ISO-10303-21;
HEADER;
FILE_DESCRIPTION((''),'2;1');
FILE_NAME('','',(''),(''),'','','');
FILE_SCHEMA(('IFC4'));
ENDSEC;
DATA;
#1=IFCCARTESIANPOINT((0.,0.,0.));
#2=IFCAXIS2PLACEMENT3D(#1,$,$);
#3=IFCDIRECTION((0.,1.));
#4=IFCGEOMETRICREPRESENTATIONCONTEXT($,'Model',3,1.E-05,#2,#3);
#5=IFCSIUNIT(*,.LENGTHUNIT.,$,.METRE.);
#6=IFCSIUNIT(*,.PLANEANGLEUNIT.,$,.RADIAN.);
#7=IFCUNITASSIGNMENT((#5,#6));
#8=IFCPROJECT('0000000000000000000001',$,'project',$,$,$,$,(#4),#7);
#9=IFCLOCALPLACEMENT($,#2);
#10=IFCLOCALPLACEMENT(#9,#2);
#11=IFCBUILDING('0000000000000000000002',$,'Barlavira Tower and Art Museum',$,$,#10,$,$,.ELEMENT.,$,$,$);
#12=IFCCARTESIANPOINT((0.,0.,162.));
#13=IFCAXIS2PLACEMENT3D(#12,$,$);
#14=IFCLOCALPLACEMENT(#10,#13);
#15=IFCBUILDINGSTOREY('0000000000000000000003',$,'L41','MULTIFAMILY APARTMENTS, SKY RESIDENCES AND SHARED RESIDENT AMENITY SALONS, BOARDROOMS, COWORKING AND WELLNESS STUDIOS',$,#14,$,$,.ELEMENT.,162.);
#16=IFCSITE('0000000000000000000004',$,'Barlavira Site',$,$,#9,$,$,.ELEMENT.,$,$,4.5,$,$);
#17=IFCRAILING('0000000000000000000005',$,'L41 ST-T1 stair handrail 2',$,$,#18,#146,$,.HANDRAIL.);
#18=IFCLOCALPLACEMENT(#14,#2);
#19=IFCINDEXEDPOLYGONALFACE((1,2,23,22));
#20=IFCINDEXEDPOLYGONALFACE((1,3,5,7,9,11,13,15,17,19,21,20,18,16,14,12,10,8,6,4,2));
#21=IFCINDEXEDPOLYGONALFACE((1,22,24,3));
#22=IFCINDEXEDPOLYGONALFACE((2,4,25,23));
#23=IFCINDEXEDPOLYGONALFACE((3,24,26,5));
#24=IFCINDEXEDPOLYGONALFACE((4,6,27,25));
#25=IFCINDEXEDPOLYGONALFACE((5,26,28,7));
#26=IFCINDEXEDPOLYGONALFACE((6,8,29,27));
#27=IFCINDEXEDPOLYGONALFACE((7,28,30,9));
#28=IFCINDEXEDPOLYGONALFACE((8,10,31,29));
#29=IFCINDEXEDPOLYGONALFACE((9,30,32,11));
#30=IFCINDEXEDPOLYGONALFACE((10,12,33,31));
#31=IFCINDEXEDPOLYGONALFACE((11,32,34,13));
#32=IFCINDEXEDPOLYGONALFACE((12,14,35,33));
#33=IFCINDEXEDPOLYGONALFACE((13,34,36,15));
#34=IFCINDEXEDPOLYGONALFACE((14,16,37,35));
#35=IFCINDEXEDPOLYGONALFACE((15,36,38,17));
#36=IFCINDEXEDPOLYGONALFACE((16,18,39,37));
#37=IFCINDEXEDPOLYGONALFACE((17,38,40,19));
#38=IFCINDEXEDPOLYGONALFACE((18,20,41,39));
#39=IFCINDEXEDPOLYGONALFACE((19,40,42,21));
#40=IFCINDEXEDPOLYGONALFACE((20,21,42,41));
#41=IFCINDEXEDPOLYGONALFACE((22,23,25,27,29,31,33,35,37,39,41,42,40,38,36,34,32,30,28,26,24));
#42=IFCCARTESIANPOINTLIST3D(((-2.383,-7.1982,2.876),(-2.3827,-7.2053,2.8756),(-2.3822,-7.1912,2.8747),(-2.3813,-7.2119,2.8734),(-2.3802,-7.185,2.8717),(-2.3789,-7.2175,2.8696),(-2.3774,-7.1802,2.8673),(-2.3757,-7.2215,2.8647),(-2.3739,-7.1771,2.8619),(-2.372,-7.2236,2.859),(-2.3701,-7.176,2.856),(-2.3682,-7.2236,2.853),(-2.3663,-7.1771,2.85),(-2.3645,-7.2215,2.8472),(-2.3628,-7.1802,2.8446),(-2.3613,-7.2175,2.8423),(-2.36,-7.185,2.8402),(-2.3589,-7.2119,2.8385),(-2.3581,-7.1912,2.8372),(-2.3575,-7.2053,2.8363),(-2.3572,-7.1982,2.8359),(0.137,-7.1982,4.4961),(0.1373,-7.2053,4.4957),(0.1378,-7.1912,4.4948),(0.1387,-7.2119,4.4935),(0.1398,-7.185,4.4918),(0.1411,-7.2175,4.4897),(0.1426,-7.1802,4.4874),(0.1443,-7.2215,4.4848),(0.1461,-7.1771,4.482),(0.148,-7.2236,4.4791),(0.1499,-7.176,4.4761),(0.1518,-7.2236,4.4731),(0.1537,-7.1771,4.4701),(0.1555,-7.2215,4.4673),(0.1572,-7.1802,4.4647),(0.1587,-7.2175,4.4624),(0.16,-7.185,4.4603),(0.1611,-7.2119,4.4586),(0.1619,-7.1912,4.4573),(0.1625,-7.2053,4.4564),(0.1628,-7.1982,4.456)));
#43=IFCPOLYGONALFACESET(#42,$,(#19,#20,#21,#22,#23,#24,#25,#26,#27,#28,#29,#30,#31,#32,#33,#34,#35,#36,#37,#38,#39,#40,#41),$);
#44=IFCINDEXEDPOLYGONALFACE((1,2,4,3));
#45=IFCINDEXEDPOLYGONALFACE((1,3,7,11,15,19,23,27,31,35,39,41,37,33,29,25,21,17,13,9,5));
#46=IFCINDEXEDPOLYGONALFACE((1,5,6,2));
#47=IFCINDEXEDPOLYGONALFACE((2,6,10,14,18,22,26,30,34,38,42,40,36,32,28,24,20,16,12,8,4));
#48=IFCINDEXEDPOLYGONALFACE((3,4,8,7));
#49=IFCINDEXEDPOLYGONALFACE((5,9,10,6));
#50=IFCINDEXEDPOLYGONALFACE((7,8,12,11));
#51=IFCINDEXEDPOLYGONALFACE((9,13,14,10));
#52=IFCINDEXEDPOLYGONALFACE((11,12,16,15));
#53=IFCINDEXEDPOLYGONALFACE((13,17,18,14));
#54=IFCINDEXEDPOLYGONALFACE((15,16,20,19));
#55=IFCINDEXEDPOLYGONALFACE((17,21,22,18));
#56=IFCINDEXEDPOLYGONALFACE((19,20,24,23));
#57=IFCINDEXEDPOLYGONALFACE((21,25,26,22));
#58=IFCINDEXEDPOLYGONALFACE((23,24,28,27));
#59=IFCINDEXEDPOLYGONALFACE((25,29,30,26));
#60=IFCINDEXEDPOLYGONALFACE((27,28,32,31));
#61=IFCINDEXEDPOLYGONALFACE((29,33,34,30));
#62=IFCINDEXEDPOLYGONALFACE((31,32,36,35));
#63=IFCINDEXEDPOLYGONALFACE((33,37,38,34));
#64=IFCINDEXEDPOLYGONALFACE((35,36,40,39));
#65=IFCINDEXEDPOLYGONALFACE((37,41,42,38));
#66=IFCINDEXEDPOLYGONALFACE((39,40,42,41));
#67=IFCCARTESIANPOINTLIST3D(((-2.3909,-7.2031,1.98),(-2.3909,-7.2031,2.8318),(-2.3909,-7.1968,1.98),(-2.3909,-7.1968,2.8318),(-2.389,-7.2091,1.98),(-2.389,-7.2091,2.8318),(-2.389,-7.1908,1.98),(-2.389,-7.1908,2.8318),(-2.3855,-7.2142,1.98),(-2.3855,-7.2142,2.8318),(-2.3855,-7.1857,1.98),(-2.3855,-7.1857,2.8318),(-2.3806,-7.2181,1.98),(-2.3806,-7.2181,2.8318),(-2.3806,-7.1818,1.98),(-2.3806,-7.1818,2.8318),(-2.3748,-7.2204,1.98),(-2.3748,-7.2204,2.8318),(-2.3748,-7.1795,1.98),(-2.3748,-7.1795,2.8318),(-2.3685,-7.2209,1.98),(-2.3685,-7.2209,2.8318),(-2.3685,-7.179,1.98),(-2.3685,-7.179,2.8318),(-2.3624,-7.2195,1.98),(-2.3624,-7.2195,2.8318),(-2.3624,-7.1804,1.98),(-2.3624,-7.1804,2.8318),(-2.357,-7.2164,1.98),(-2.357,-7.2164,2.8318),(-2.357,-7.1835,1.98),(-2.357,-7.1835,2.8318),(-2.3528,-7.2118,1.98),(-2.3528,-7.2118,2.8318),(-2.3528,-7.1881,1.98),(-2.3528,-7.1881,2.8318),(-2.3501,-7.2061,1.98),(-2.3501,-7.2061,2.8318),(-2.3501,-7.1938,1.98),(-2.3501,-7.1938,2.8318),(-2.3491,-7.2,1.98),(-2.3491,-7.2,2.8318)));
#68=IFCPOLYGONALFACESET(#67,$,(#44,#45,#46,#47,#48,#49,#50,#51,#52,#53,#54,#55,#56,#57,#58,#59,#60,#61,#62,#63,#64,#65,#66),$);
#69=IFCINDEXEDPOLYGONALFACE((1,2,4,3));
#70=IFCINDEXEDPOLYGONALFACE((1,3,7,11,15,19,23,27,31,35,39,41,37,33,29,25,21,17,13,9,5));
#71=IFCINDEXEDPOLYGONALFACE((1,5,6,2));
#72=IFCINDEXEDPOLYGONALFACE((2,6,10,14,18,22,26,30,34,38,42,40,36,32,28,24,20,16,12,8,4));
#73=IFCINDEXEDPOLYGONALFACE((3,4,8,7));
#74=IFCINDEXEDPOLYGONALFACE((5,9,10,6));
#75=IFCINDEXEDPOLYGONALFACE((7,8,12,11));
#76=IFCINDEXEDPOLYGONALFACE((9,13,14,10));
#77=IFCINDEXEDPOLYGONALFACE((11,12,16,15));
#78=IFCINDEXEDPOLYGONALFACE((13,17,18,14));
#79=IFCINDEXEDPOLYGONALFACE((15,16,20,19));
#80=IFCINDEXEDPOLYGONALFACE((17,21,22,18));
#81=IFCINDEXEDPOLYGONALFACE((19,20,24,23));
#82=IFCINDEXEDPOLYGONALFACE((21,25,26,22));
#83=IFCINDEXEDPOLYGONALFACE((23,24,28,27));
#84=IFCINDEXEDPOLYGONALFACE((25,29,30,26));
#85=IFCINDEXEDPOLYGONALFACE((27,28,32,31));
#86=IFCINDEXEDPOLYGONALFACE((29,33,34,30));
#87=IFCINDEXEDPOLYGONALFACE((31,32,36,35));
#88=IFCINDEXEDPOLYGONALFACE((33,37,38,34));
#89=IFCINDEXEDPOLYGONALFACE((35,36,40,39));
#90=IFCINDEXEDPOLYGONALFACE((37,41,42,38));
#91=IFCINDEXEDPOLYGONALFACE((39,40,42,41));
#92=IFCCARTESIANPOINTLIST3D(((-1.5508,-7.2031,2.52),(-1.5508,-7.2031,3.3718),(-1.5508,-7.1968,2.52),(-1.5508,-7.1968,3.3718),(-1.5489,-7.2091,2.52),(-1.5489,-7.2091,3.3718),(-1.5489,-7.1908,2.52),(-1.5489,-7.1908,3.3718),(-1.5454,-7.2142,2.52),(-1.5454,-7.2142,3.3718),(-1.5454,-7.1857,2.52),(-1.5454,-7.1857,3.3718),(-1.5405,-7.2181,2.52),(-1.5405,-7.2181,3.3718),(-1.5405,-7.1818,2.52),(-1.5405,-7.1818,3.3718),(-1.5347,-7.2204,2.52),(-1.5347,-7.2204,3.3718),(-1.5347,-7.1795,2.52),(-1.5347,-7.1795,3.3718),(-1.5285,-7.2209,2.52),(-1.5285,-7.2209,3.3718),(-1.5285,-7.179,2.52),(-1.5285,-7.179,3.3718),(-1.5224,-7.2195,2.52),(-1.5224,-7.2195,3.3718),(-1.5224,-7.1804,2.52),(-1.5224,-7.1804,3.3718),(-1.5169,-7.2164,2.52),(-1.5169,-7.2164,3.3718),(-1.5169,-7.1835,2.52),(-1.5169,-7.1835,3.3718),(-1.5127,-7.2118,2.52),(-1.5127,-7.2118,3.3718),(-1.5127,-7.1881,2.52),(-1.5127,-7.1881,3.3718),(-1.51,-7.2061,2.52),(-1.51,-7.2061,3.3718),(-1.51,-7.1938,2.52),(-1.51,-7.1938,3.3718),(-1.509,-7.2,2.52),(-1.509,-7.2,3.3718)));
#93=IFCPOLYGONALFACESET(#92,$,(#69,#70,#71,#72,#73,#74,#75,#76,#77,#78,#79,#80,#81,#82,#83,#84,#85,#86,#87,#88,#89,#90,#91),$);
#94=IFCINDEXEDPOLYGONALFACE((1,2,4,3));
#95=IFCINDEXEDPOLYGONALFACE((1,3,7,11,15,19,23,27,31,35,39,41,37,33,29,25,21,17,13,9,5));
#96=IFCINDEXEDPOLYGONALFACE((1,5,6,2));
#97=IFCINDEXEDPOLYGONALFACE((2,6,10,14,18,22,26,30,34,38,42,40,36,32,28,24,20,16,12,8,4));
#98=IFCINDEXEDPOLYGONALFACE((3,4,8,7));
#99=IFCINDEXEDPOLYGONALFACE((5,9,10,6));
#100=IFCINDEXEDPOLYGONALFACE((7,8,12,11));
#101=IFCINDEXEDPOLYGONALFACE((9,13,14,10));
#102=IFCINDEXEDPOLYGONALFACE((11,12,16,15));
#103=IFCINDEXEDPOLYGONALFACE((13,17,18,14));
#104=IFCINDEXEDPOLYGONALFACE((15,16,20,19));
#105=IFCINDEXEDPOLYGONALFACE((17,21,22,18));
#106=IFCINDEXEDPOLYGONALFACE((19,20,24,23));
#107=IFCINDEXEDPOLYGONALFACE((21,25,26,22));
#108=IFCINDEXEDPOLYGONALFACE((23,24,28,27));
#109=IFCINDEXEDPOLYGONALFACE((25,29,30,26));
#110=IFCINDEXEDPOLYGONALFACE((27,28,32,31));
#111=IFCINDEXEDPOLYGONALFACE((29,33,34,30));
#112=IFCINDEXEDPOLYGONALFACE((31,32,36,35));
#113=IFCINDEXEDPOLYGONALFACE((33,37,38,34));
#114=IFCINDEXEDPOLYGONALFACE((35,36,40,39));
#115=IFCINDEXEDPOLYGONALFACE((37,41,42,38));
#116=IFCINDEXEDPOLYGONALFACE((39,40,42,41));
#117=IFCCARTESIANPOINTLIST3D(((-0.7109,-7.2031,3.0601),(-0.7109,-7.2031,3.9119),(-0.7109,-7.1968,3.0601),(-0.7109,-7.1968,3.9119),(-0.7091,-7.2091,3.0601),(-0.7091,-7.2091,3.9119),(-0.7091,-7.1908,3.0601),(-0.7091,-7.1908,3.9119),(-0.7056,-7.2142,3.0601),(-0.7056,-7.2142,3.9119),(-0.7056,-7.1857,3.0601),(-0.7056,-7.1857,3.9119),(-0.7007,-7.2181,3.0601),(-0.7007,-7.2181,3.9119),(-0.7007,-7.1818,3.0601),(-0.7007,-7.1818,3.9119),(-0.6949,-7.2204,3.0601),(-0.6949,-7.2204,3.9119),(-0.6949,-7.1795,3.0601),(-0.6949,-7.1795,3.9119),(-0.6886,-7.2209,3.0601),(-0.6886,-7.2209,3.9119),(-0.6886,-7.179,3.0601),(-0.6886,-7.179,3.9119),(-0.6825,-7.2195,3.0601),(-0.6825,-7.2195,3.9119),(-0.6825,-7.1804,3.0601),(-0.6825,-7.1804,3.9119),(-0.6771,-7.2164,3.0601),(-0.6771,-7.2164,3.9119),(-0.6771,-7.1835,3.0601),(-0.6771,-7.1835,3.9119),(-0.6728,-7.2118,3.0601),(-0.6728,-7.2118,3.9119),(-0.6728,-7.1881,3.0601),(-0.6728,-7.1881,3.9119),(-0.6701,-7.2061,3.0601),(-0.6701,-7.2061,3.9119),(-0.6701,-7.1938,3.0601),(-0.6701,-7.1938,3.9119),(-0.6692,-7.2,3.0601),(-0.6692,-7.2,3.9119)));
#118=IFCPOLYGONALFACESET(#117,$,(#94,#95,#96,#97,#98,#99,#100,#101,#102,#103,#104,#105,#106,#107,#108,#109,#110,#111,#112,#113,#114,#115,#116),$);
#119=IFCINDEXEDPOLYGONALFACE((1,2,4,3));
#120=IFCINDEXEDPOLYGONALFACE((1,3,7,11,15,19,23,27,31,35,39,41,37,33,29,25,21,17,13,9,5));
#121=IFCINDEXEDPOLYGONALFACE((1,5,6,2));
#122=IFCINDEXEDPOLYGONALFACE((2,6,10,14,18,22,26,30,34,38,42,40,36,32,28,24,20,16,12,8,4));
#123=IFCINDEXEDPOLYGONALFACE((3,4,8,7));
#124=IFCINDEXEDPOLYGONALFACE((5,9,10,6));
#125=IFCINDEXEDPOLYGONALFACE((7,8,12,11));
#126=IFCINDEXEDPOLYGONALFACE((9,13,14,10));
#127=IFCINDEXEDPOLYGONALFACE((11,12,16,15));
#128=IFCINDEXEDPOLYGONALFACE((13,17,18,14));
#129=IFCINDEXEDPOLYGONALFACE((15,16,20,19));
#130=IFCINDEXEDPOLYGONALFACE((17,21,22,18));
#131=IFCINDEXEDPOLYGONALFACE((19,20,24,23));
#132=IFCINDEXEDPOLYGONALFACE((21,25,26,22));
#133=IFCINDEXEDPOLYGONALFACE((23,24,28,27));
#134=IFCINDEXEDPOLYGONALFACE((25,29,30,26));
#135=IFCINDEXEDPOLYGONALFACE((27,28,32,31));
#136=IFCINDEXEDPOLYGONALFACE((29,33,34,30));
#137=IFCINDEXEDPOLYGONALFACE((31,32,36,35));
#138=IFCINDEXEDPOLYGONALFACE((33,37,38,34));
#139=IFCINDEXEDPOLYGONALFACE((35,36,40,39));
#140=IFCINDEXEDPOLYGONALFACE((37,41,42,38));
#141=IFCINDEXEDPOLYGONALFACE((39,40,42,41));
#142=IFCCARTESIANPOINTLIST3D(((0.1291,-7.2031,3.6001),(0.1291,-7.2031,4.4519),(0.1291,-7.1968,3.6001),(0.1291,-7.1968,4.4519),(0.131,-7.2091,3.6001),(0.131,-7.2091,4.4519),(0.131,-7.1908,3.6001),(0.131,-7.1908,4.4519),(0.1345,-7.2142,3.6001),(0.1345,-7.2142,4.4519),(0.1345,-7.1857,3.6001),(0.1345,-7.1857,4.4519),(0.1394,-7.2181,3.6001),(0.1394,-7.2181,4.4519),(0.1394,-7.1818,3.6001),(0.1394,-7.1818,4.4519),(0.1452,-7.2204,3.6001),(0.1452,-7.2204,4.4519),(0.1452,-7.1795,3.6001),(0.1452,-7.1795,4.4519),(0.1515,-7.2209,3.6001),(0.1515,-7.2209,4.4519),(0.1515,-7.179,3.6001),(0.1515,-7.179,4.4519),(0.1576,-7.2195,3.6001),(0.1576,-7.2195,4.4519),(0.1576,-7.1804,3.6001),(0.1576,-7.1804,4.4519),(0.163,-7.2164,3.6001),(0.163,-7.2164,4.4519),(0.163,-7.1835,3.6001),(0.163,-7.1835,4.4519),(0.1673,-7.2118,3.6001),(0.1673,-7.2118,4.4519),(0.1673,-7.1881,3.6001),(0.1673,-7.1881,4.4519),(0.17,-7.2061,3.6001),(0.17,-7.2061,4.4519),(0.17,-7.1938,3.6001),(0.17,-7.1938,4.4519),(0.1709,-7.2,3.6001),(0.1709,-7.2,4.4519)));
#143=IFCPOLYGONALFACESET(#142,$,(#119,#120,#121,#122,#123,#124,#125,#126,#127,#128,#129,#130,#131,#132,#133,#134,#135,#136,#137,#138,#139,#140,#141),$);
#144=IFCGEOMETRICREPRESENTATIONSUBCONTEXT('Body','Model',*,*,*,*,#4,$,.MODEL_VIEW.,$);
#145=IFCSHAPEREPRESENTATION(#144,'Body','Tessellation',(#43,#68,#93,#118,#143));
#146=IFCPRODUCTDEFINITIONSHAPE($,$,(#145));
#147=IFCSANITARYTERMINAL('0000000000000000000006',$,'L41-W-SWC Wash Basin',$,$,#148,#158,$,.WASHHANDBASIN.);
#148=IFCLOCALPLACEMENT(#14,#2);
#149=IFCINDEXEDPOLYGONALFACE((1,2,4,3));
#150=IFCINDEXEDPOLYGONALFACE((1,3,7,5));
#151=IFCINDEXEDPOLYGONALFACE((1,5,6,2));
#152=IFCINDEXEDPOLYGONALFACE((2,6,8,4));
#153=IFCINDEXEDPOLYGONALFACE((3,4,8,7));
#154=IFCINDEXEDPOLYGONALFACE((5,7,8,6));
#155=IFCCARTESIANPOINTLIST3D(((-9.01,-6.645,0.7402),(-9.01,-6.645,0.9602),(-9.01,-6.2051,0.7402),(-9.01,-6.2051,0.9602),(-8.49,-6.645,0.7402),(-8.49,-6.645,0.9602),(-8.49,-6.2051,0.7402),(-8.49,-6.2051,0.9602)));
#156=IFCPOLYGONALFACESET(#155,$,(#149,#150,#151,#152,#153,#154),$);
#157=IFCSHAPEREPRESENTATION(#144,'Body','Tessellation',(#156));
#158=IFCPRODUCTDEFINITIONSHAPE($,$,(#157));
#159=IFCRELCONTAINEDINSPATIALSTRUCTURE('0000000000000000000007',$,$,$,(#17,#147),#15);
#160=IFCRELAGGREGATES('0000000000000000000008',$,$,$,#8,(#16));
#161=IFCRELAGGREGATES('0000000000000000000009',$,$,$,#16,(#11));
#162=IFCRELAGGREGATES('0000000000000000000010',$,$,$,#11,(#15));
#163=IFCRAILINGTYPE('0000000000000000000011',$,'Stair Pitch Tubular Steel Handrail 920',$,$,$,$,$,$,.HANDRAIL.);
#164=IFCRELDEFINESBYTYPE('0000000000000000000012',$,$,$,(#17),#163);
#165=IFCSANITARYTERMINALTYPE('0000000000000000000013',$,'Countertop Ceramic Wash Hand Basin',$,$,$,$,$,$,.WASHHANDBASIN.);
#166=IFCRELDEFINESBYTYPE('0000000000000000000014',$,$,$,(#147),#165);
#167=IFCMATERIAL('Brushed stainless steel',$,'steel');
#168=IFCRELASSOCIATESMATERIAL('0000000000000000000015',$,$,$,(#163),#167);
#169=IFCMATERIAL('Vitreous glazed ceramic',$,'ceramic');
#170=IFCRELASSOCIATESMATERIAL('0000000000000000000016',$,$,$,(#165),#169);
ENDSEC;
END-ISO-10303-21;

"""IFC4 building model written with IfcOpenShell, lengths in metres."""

from ifc_helpers import new_model, si_unit, direction, frame, origin, origin_2d, place, context, subcontext, project, spatial, rectangle, circle, extrude, material, type_object, element, save


model = new_model("IFC4")

# Units and contexts
model_context = context("Model", 3, precision=1e-05, world=origin(), true_north=direction((0.0, 1.0)))
body_context = subcontext(model_context, "Body", "Model", "MODEL_VIEW")
ifc_project = project(units=[si_unit("LENGTHUNIT", "METRE"), si_unit("PLANEANGLEUNIT", "RADIAN")], contexts=[model_context])

# Site, building, storey
site_placement = place(None, origin())
site = spatial("IfcSite", under=ifc_project, at=site_placement, Name="Barlavira Site", CompositionType="ELEMENT", RefElevation=4.5)
building_placement = place(site_placement, origin())
building = spatial("IfcBuilding", under=site, at=building_placement, Name="Barlavira Tower and Art Museum", CompositionType="ELEMENT")
storey_placement = place(building_placement, frame((0.0, 0.0, 162.0)))
storey = spatial("IfcBuildingStorey", under=building, at=storey_placement, Name="L41", Description="MULTIFAMILY APARTMENTS, SKY RESIDENCES AND SHARED RESIDENT AMENITY SALONS, BOARDROOMS, COWORKING AND WELLNESS STUDIOS", CompositionType="ELEMENT", Elevation=162.0)

# Shared definitions
ifc_material_1 = material(Name="Brushed stainless steel", Category="steel")

# Railing
railing_type_1 = type_object("IfcRailingType", Name="Stair Pitch Tubular Steel Handrail 920", PredefinedType="HANDRAIL", material=ifc_material_1)
railing_1_placement = place(storey_placement, frame((-2.3701, -7.2, 1.98)))
element("IfcRailing", 1, at=railing_1_placement, inside=storey, type_object=railing_type_1, Name="L41 ST-T1 stair handrail 2", PredefinedType="HANDRAIL", context=body_context, shape_type="SweptSolid", body=[
    extrude(circle(Radius=0.0239, at=origin_2d()), frame((0.0, 0.0, 0.876), z_axis=(0.841163, 0.0, 0.540782), x_axis=(0.0, 1.0, 0.0)), (0.0, 0.0, 1.0), 2.9958),
    extrude(circle(Radius=0.021, at=origin_2d()), origin(), (0.0, 0.0, 1.0), 0.8518),
    extrude(circle(Radius=0.021, at=origin_2d()), frame((0.8401, 0.0, 0.54)), (0.0, 0.0, 1.0), 0.8518),
    extrude(circle(Radius=0.021, at=origin_2d()), frame((1.6799, 0.0, 1.0801)), (0.0, 0.0, 1.0), 0.8518),
    extrude(circle(Radius=0.021, at=origin_2d()), frame((2.52, 0.0, 1.6201)), (0.0, 0.0, 1.0), 0.8518),
])

# Sanitary terminal
ifc_material_2 = material(Name="Vitreous glazed ceramic", Category="ceramic")
sanitary_terminal_type = type_object("IfcSanitaryTerminalType", Name="Countertop Ceramic Wash Hand Basin", PredefinedType="WASHHANDBASIN", material=ifc_material_2)
sanitary_terminal_placement = place(storey_placement, frame((-8.75, -6.425, 0.7402), z_axis=(0.0, 0.0, 1.0), x_axis=(1.0, 0.0, 0.0)))
element("IfcSanitaryTerminal", 2, at=sanitary_terminal_placement, inside=storey, type_object=sanitary_terminal_type, Name="L41-W-SWC Wash Basin", PredefinedType="WASHHANDBASIN", context=body_context, shape_type="SweptSolid", body=[
    extrude(rectangle(XDim=0.52, YDim=0.4399, at=origin_2d()), origin(), (0.0, 0.0, 1.0), 0.22),
])

save(model, "model.ifc")
